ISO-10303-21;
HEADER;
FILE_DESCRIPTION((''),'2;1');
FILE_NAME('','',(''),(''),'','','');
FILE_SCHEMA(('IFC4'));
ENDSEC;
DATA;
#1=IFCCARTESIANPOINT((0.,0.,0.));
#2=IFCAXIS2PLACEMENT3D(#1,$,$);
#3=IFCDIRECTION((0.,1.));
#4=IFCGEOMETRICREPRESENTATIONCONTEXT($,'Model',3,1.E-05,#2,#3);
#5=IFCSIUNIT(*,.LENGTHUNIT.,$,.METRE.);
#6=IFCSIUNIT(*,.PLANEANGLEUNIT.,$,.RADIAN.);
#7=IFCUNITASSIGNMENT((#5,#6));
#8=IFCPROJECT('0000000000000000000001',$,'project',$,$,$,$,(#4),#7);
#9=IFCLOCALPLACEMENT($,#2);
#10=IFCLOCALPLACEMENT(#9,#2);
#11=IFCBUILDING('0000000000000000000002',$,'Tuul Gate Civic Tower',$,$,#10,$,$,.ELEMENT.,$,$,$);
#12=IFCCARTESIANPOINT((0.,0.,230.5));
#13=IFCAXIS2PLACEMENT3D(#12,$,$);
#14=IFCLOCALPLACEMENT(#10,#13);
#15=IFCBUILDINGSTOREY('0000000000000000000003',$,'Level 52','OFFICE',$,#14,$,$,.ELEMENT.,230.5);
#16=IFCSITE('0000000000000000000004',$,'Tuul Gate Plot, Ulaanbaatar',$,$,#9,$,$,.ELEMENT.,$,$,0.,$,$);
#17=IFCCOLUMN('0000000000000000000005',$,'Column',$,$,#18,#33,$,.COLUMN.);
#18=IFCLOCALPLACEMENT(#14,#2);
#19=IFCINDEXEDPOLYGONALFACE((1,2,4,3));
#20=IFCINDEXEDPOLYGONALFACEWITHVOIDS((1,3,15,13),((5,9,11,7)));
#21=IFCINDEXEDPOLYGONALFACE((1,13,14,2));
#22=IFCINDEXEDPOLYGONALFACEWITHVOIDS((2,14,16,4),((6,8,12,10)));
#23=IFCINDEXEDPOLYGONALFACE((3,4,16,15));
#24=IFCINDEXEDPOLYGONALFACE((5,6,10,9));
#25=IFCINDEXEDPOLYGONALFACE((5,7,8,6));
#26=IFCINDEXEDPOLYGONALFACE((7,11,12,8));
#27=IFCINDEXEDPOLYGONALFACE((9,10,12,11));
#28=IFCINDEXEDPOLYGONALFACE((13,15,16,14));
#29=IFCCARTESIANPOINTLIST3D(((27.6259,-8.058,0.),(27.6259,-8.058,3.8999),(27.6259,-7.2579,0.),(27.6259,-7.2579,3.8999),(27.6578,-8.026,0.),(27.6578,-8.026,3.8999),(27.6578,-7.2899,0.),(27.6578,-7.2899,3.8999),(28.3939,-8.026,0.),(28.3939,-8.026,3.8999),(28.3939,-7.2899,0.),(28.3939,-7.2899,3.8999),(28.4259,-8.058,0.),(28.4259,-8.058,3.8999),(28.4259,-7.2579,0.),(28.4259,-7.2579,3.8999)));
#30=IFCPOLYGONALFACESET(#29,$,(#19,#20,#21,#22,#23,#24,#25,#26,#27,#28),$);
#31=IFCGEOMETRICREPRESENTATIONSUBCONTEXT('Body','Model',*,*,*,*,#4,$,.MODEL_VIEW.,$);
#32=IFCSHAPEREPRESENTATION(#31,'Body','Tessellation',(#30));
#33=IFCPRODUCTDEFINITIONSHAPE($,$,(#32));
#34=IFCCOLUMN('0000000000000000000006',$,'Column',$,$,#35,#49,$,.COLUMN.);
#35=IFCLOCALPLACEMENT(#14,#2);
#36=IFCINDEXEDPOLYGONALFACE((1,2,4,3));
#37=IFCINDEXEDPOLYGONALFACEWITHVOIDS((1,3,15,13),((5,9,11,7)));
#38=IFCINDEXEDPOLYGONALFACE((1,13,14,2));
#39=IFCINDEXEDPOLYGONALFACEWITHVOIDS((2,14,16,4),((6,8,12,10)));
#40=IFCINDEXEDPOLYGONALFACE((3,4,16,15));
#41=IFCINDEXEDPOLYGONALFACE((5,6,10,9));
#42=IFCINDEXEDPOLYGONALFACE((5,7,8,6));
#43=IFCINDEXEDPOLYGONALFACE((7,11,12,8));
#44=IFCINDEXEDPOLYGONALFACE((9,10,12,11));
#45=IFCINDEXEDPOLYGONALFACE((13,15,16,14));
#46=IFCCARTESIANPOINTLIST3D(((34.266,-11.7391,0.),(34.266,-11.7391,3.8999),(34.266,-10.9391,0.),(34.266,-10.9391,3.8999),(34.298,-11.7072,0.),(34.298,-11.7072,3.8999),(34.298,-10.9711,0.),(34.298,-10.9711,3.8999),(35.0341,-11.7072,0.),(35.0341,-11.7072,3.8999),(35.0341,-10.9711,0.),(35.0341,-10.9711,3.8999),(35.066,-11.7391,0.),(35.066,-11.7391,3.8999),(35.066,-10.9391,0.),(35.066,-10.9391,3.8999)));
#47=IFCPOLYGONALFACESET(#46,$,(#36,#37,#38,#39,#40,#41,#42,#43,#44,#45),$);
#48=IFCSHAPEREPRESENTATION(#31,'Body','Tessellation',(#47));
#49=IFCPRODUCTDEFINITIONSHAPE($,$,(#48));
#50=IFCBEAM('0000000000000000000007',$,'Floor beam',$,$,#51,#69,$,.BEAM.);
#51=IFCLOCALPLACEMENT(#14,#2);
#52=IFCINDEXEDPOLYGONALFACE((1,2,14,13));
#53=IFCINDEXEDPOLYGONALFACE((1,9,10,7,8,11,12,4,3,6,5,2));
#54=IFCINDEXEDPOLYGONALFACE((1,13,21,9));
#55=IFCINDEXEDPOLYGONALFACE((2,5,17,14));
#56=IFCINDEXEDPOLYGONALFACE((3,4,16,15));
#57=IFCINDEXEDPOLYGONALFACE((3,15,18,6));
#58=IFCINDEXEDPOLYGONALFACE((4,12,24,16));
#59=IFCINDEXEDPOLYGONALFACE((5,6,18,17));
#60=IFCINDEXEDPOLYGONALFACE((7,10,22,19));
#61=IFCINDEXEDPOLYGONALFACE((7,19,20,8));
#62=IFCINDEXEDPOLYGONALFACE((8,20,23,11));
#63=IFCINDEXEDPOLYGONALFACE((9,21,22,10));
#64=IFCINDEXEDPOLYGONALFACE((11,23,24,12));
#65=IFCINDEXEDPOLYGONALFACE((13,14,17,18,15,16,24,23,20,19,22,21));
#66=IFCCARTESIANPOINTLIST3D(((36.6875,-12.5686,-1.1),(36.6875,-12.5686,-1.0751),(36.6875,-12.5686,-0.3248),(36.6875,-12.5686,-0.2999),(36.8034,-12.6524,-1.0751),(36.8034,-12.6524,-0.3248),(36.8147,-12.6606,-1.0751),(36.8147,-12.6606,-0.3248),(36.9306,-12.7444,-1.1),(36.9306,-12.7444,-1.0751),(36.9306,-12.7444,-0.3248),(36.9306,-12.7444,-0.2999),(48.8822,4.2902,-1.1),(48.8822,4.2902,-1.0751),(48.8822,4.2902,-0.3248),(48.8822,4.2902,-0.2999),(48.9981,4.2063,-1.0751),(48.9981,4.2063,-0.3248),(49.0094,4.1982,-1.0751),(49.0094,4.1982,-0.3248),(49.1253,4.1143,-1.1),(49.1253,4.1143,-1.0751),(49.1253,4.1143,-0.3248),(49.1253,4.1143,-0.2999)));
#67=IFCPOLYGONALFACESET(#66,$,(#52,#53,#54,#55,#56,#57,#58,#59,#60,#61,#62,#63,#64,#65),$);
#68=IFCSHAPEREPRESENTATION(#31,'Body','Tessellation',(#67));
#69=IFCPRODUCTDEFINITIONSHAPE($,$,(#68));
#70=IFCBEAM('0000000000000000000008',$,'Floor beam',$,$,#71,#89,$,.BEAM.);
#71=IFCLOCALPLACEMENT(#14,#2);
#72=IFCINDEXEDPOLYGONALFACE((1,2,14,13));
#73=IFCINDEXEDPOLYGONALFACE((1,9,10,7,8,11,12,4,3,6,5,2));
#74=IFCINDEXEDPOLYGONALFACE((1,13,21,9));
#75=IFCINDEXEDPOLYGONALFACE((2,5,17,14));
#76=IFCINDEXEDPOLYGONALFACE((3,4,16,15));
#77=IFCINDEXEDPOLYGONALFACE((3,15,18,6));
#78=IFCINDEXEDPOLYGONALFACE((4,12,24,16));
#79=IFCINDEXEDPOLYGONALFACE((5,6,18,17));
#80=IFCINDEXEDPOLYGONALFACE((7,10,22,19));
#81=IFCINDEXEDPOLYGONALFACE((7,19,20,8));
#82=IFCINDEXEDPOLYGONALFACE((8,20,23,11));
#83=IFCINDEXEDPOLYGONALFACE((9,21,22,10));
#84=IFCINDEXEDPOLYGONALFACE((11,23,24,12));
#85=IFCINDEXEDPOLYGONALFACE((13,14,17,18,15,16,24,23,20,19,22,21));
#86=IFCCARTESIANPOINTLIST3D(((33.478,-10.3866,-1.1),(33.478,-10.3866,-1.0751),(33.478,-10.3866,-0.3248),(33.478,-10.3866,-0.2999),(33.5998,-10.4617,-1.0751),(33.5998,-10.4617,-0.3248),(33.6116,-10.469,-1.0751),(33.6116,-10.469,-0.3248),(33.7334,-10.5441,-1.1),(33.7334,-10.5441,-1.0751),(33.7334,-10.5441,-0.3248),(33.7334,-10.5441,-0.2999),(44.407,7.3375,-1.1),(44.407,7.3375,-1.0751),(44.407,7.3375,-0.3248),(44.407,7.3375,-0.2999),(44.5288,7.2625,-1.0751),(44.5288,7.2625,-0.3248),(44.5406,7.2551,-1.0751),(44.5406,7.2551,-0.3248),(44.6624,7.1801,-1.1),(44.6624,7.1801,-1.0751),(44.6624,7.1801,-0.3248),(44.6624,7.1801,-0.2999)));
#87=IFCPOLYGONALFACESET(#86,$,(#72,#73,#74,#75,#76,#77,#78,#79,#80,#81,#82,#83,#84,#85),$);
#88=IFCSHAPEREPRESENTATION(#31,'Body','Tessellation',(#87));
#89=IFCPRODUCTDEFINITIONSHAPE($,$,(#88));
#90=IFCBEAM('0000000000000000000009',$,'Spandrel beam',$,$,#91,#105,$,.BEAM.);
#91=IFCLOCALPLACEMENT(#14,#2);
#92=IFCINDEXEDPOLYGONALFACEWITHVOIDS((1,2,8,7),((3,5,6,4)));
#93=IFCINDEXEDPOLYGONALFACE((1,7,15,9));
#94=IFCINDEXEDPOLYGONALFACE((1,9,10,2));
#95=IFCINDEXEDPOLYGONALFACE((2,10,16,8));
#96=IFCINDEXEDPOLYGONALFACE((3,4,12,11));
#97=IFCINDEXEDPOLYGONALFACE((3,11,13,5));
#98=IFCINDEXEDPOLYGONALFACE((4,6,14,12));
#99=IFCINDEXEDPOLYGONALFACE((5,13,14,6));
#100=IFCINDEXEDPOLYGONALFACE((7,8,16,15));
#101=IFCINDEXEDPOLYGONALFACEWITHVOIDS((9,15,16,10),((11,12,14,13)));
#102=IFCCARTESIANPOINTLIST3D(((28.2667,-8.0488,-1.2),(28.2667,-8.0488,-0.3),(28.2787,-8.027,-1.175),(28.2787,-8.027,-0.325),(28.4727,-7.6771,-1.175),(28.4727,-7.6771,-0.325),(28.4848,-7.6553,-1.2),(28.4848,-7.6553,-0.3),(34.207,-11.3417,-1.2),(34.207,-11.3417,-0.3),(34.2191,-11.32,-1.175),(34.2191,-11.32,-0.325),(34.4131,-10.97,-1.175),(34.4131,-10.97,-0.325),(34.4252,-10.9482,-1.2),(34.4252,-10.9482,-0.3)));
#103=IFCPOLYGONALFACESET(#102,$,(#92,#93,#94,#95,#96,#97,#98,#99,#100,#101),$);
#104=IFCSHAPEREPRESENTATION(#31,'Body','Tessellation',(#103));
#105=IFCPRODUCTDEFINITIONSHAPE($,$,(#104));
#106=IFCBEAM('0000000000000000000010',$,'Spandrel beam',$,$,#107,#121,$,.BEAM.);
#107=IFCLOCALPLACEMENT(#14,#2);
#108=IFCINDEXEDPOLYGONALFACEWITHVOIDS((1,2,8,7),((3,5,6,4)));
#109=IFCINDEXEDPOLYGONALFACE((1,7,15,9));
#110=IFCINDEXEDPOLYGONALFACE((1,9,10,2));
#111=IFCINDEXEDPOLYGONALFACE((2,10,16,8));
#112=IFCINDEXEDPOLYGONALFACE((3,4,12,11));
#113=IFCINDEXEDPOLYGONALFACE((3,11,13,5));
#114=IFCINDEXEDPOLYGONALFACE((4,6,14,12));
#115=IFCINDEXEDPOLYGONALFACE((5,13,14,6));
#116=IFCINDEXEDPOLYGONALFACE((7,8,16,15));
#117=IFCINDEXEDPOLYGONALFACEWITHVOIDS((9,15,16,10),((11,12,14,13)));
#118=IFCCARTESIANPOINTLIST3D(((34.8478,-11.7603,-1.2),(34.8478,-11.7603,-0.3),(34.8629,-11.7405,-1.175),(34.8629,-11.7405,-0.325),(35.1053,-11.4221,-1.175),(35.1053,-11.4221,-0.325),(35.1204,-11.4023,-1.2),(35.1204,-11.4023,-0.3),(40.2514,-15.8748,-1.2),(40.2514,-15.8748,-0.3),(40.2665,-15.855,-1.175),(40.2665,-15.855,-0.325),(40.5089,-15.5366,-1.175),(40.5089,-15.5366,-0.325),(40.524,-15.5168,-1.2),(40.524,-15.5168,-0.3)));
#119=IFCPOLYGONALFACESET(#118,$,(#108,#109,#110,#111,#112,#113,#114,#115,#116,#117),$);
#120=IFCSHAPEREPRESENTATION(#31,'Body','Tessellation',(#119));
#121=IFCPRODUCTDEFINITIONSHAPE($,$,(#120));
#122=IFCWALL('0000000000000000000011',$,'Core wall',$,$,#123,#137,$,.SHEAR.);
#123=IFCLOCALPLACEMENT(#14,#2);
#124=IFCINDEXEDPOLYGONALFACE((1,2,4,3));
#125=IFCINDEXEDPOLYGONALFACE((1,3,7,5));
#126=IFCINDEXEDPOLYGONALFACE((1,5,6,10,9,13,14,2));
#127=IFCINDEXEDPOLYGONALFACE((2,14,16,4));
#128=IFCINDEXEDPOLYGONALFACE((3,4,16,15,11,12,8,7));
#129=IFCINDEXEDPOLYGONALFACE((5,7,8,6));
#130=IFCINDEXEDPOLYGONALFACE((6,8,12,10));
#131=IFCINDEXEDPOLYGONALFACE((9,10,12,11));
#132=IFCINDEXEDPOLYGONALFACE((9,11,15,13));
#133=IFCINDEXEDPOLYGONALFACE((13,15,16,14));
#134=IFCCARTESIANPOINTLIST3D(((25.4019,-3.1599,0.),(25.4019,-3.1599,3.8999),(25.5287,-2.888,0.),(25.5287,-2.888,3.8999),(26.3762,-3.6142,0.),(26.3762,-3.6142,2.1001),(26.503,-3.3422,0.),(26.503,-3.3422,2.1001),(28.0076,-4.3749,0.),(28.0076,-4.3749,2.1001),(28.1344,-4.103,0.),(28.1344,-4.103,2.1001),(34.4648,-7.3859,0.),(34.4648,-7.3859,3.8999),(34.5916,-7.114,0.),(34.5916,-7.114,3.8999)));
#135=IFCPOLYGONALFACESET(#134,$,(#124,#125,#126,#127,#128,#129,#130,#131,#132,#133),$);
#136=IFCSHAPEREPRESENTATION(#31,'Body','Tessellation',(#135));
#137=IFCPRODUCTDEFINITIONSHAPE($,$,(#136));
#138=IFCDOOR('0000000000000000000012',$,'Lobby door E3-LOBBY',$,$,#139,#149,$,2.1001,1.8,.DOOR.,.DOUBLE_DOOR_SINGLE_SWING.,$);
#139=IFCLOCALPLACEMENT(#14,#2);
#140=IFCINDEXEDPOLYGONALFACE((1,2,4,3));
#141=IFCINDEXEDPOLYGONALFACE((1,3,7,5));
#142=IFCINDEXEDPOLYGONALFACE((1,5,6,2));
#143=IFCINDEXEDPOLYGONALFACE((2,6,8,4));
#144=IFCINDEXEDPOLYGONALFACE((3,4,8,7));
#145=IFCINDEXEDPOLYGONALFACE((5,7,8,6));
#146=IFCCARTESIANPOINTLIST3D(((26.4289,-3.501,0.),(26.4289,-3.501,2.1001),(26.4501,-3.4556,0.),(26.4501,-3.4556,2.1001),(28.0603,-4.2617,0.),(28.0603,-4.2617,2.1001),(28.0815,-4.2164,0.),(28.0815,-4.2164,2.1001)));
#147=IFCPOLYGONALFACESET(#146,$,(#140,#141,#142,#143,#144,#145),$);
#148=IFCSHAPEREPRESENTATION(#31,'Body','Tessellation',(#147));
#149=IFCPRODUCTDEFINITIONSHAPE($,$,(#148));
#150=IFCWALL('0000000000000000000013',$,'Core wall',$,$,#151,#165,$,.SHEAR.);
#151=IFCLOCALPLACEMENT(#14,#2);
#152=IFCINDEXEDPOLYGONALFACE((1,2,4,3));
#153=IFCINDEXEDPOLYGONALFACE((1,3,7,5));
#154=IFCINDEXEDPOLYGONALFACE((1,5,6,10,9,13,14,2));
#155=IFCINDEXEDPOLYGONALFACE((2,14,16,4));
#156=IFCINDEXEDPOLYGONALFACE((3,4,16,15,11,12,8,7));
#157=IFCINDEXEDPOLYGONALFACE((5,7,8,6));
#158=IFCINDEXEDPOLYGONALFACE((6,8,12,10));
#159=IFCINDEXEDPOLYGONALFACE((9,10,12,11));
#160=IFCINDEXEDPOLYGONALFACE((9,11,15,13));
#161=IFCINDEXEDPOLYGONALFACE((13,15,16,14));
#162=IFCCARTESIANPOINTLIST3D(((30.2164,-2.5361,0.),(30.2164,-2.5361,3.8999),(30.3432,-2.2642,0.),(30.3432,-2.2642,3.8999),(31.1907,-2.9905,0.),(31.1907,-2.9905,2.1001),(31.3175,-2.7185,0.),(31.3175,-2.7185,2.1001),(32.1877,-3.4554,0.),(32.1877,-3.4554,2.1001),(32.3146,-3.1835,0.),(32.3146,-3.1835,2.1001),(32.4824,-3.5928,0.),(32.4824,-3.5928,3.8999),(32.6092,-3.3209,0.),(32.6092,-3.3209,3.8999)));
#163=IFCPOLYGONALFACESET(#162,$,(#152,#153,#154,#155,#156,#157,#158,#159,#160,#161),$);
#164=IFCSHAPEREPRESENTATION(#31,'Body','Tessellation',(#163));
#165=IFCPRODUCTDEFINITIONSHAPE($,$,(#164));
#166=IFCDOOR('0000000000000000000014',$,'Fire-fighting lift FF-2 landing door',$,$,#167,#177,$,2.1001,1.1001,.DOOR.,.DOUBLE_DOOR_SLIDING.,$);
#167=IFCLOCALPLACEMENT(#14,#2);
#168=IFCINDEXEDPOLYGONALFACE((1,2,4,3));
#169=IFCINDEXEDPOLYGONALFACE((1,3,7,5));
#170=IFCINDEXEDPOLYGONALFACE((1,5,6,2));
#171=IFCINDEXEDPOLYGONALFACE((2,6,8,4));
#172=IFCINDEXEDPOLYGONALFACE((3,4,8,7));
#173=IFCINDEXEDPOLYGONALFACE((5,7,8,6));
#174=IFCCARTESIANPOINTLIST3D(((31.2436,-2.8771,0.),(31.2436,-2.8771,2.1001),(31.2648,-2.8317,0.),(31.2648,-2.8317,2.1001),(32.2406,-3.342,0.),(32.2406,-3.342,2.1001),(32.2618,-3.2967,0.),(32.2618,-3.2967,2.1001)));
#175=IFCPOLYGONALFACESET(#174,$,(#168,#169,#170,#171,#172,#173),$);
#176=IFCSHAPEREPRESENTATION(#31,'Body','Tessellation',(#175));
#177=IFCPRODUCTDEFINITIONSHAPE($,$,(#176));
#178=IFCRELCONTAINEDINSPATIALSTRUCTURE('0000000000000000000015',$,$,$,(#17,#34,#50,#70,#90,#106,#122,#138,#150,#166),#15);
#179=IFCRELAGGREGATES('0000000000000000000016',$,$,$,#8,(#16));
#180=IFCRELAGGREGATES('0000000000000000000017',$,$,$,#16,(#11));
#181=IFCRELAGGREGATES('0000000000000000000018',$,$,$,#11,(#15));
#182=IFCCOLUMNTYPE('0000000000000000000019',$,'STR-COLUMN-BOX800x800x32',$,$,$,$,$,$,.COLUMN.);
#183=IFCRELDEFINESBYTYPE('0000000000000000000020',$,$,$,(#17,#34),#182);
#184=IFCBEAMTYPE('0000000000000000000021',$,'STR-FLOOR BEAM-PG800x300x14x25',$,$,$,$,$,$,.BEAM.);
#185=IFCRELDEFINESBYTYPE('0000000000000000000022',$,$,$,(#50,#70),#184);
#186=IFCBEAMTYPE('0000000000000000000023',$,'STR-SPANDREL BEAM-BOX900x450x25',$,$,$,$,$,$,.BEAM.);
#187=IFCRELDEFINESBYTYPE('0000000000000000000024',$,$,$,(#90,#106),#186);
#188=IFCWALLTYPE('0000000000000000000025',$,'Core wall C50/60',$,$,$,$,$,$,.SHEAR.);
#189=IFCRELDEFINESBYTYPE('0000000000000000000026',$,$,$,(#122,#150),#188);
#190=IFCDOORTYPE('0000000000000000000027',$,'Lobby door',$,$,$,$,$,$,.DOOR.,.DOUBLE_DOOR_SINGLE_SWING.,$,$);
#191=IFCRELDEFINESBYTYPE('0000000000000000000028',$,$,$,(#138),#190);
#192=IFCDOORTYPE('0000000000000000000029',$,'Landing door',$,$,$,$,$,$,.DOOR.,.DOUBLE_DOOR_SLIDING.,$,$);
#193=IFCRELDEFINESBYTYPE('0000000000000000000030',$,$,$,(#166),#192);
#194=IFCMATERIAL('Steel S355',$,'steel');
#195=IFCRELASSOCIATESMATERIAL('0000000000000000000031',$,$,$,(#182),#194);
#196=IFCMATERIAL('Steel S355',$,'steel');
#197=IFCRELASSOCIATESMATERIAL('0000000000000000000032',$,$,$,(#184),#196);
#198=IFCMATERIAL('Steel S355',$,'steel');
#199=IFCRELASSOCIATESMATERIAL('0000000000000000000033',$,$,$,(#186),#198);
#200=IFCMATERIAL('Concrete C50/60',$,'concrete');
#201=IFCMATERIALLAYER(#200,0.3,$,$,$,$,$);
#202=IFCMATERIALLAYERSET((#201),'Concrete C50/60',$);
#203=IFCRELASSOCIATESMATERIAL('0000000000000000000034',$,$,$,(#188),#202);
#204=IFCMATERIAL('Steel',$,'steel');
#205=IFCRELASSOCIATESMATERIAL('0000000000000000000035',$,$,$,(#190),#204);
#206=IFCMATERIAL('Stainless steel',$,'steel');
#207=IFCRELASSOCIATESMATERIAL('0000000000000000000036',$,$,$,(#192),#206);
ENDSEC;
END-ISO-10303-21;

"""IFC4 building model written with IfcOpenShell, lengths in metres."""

from ifc_helpers import new_model, si_unit, direction, frame, frame_2d, origin, origin_2d, place, context, subcontext, project, spatial, rectangle, hollow_rectangle, i_section, extrude, material, layer, layer_set, material_profile, profile_set, type_object, element, fill, save


model = new_model("IFC4")

# Units and contexts
model_context = context("Model", 3, precision=1e-05, world=origin(), true_north=direction((0.0, 1.0)))
body_context = subcontext(model_context, "Body", "Model", "MODEL_VIEW")
ifc_project = project(units=[si_unit("LENGTHUNIT", "METRE"), si_unit("PLANEANGLEUNIT", "RADIAN")], contexts=[model_context])

# Site, building, storey
site_placement = place(None, origin())
site = spatial("IfcSite", under=ifc_project, at=site_placement, Name="Tuul Gate Plot, Ulaanbaatar", CompositionType="ELEMENT", RefElevation=0.0)
building_placement = place(site_placement, origin())
building = spatial("IfcBuilding", under=site, at=building_placement, Name="Tuul Gate Civic Tower", CompositionType="ELEMENT")
storey_placement = place(building_placement, frame((0.0, 0.0, 230.5)))
storey = spatial("IfcBuildingStorey", under=building, at=storey_placement, Name="Level 52", Description="OFFICE", CompositionType="ELEMENT", Elevation=230.5)

# Columns
ifc_material_1 = material(Name="Steel S355", Category="steel")
ifc_material_profile_1 = material_profile(ifc_material_1, hollow_rectangle(XDim=0.8, YDim=0.8, WallThickness=0.032, at=origin_2d()), Name="BOX800x800x32")
ifc_profile_set_1 = profile_set([ifc_material_profile_1], Name="Steel S355")
column_type = type_object("IfcColumnType", Name="STR-COLUMN-BOX800x800x32", PredefinedType="COLUMN", material=ifc_profile_set_1)
for number, where, z_axis, x_axis, name in (
    (1, (28.0259, -7.658, 0.0), (0.0, 0.0, 1.0), (1.0, 0.0, 0.0), "Column"),
    (2, (34.666, -11.3391, 0.0), (0.0, 0.0, 1.0), (1.0, 0.0, 0.0), "Column"),
):
    element("IfcColumn", number, at=place(storey_placement, frame(where, z_axis=z_axis, x_axis=x_axis)), inside=storey, type_object=column_type, Name=name, PredefinedType="COLUMN", context=body_context, shape_type="SweptSolid", body=[
        extrude(hollow_rectangle(XDim=0.8, YDim=0.8, WallThickness=0.032, at=origin_2d()), origin(), (0.0, 0.0, 1.0), 3.8999),
    ])

# Beams
ifc_material_2 = material(Name="Steel S355", Category="steel")
ifc_material_profile_2 = material_profile(ifc_material_2, i_section(OverallWidth=0.3, OverallDepth=0.8, WebThickness=0.0139, FlangeThickness=0.0249, at=origin_2d()), Name="PG800x300x14x25")
ifc_profile_set_2 = profile_set([ifc_material_profile_2], Name="Steel S355")
beam_type_1 = type_object("IfcBeamType", Name="STR-FLOOR BEAM-PG800x300x14x25", PredefinedType="BEAM", material=ifc_profile_set_2)
beam_1_placement = place(storey_placement, frame((36.8091, -12.6565, -0.7), z_axis=(0.586087, 0.810248, 0.0), x_axis=(-0.810248, 0.586087, 0.0)))
element("IfcBeam", 3, at=beam_1_placement, inside=storey, type_object=beam_type_1, Name="Floor beam", PredefinedType="BEAM", context=body_context, shape_type="SweptSolid", body=[
    extrude(i_section(OverallWidth=0.3, OverallDepth=0.8, WebThickness=0.0139, FlangeThickness=0.0249, at=origin_2d()), origin(), (0.0, 0.0, 1.0), 20.8069),
])
beam_2_placement = place(storey_placement, frame((33.6057, -10.4653, -0.7), z_axis=(0.524857, 0.851191, 0.0), x_axis=(-0.851191, 0.524857, 0.0)))
element("IfcBeam", 4, at=beam_2_placement, inside=storey, type_object=beam_type_1, Name="Floor beam", PredefinedType="BEAM", context=body_context, shape_type="SweptSolid", body=[
    extrude(i_section(OverallWidth=0.3, OverallDepth=0.8, WebThickness=0.0139, FlangeThickness=0.0249, at=origin_2d()), origin(), (0.0, 0.0, 1.0), 20.8228),
])
ifc_material_3 = material(Name="Steel S355", Category="steel")
ifc_material_profile_3 = material_profile(ifc_material_3, hollow_rectangle(XDim=0.45, YDim=0.8999, WallThickness=0.0249, at=origin_2d()), Name="BOX900x450x25")
ifc_profile_set_3 = profile_set([ifc_material_profile_3], Name="Steel S355")
beam_type_2 = type_object("IfcBeamType", Name="STR-SPANDREL BEAM-BOX900x450x25", PredefinedType="BEAM", material=ifc_profile_set_3)
beam_3_placement = place(storey_placement, frame((28.3757, -7.8521, -0.75), z_axis=(0.874611, -0.484825, 0.0), x_axis=(0.484825, 0.874611, 0.0)))
element("IfcBeam", 5, at=beam_3_placement, inside=storey, type_object=beam_type_2, Name="Spandrel beam", PredefinedType="BEAM", context=body_context, shape_type="SweptSolid", body=[
    extrude(hollow_rectangle(XDim=0.45, YDim=0.8999, WallThickness=0.0249, at=origin_2d()), origin(), (0.0, 0.0, 1.0), 6.792),
])
beam_4_placement = place(storey_placement, frame((34.9841, -11.5813, -0.75), z_axis=(0.795609, -0.60581, 0.0), x_axis=(0.60581, 0.795609, 0.0)))
element("IfcBeam", 6, at=beam_4_placement, inside=storey, type_object=beam_type_2, Name="Spandrel beam", PredefinedType="BEAM", context=body_context, shape_type="SweptSolid", body=[
    extrude(hollow_rectangle(XDim=0.45, YDim=0.8999, WallThickness=0.0249, at=origin_2d()), origin(), (0.0, 0.0, 1.0), 6.7917),
])

# Walls, openings, doors
ifc_material_4 = material(Name="Concrete C50/60", Category="concrete")
ifc_layer_1 = layer(ifc_material_4, 0.3)
ifc_layer_set_1 = layer_set([ifc_layer_1], Name="Concrete C50/60")
wall_type_1 = type_object("IfcWallType", Name="Core wall C50/60", PredefinedType="SHEAR", material=ifc_layer_set_1)
wall_1_placement = place(storey_placement, frame((34.5283, -7.25, 0.0), z_axis=(0.0, 0.0, 1.0), x_axis=(-0.90631, 0.422613, 0.0)))
wall_1 = element("IfcWall", 7, at=wall_1_placement, inside=storey, type_object=wall_type_1, Name="Core wall", PredefinedType="SHEAR", context=body_context, shape_type="SweptSolid", body=[
    extrude(rectangle(XDim=9.9998, YDim=0.3, at=frame_2d((5.0, 0.0))), origin(), (0.0, 0.0, 1.0), 3.8999),
])
opening_1_placement = place(wall_1_placement, frame((7.125, 0.0, 0.0)))
opening_1 = element("IfcOpeningElement", 8, at=opening_1_placement, cuts=wall_1, PredefinedType="OPENING", context=body_context, shape_type="SweptSolid", body=[
    extrude(rectangle(XDim=1.8, YDim=2.1001, at=frame_2d((0.8999, 1.05))), frame((0.0, 0.1602, 0.0), z_axis=(0.0, -1.0, 0.0), x_axis=(1.0, 0.0, 0.0)), (0.0, 0.0, 1.0), 0.3201),
])
ifc_material_5 = material(Name="Steel", Category="steel")
door_type_1 = type_object("IfcDoorType", Name="Lobby door", OperationType="DOUBLE_DOOR_SINGLE_SWING", PredefinedType="DOOR", material=ifc_material_5)
door_1_placement = place(opening_1_placement, frame((1.8, 0.0, 0.0), z_axis=(0.0, 0.0, 1.0), x_axis=(-1.0, 0.0, 0.0)))
door_1 = element("IfcDoor", 9, at=door_1_placement, inside=storey, type_object=door_type_1, Name="Lobby door E3-LOBBY", OperationType="DOUBLE_DOOR_SINGLE_SWING", OverallHeight=2.1001, OverallWidth=1.8, PredefinedType="DOOR", context=body_context, shape_type="SweptSolid", body=[
    extrude(rectangle(XDim=1.8, YDim=2.1001, at=frame_2d((0.9001, 1.05))), frame((0.0, 0.0249, 0.0), z_axis=(0.0, -1.0, 0.0), x_axis=(1.0, 0.0, 0.0)), (0.0, 0.0, 1.0), 0.05),
])
fill(opening_1, door_1)
wall_2_placement = place(storey_placement, frame((32.5457, -3.4568, 0.0), z_axis=(0.0, 0.0, 1.0), x_axis=(-0.9063, 0.422634, 0.0)))
wall_2 = element("IfcWall", 10, at=wall_2_placement, inside=storey, type_object=wall_type_1, Name="Core wall", PredefinedType="SHEAR", context=body_context, shape_type="SweptSolid", body=[
    extrude(rectangle(XDim=2.5002, YDim=0.3, at=frame_2d((1.25, 0.0))), origin(), (0.0, 0.0, 1.0), 3.8999),
])
opening_2_placement = place(wall_2_placement, frame((0.325, 0.0, 0.0)))
opening_2 = element("IfcOpeningElement", 11, at=opening_2_placement, cuts=wall_2, PredefinedType="OPENING", context=body_context, shape_type="SweptSolid", body=[
    extrude(rectangle(XDim=1.1001, YDim=2.1001, at=frame_2d((0.55, 1.05))), frame((0.0, 0.1602, 0.0), z_axis=(0.0, -1.0, 0.0), x_axis=(1.0, 0.0, 0.0)), (0.0, 0.0, 1.0), 0.3201),
])
ifc_material_6 = material(Name="Stainless steel", Category="steel")
door_type_2 = type_object("IfcDoorType", Name="Landing door", OperationType="DOUBLE_DOOR_SLIDING", PredefinedType="DOOR", material=ifc_material_6)
door_2_placement = place(opening_2_placement, origin())
door_2 = element("IfcDoor", 12, at=door_2_placement, inside=storey, type_object=door_type_2, Name="Fire-fighting lift FF-2 landing door", OperationType="DOUBLE_DOOR_SLIDING", OverallHeight=2.1001, OverallWidth=1.1001, PredefinedType="DOOR", context=body_context, shape_type="SweptSolid", body=[
    extrude(rectangle(XDim=1.1001, YDim=2.1001, at=frame_2d((0.55, 1.05))), frame((0.0, 0.0249, 0.0), z_axis=(0.0, -1.0, 0.0), x_axis=(1.0, 0.0, 0.0)), (0.0, 0.0, 1.0), 0.05),
])
fill(opening_2, door_2)

save(model, "model.ifc")
